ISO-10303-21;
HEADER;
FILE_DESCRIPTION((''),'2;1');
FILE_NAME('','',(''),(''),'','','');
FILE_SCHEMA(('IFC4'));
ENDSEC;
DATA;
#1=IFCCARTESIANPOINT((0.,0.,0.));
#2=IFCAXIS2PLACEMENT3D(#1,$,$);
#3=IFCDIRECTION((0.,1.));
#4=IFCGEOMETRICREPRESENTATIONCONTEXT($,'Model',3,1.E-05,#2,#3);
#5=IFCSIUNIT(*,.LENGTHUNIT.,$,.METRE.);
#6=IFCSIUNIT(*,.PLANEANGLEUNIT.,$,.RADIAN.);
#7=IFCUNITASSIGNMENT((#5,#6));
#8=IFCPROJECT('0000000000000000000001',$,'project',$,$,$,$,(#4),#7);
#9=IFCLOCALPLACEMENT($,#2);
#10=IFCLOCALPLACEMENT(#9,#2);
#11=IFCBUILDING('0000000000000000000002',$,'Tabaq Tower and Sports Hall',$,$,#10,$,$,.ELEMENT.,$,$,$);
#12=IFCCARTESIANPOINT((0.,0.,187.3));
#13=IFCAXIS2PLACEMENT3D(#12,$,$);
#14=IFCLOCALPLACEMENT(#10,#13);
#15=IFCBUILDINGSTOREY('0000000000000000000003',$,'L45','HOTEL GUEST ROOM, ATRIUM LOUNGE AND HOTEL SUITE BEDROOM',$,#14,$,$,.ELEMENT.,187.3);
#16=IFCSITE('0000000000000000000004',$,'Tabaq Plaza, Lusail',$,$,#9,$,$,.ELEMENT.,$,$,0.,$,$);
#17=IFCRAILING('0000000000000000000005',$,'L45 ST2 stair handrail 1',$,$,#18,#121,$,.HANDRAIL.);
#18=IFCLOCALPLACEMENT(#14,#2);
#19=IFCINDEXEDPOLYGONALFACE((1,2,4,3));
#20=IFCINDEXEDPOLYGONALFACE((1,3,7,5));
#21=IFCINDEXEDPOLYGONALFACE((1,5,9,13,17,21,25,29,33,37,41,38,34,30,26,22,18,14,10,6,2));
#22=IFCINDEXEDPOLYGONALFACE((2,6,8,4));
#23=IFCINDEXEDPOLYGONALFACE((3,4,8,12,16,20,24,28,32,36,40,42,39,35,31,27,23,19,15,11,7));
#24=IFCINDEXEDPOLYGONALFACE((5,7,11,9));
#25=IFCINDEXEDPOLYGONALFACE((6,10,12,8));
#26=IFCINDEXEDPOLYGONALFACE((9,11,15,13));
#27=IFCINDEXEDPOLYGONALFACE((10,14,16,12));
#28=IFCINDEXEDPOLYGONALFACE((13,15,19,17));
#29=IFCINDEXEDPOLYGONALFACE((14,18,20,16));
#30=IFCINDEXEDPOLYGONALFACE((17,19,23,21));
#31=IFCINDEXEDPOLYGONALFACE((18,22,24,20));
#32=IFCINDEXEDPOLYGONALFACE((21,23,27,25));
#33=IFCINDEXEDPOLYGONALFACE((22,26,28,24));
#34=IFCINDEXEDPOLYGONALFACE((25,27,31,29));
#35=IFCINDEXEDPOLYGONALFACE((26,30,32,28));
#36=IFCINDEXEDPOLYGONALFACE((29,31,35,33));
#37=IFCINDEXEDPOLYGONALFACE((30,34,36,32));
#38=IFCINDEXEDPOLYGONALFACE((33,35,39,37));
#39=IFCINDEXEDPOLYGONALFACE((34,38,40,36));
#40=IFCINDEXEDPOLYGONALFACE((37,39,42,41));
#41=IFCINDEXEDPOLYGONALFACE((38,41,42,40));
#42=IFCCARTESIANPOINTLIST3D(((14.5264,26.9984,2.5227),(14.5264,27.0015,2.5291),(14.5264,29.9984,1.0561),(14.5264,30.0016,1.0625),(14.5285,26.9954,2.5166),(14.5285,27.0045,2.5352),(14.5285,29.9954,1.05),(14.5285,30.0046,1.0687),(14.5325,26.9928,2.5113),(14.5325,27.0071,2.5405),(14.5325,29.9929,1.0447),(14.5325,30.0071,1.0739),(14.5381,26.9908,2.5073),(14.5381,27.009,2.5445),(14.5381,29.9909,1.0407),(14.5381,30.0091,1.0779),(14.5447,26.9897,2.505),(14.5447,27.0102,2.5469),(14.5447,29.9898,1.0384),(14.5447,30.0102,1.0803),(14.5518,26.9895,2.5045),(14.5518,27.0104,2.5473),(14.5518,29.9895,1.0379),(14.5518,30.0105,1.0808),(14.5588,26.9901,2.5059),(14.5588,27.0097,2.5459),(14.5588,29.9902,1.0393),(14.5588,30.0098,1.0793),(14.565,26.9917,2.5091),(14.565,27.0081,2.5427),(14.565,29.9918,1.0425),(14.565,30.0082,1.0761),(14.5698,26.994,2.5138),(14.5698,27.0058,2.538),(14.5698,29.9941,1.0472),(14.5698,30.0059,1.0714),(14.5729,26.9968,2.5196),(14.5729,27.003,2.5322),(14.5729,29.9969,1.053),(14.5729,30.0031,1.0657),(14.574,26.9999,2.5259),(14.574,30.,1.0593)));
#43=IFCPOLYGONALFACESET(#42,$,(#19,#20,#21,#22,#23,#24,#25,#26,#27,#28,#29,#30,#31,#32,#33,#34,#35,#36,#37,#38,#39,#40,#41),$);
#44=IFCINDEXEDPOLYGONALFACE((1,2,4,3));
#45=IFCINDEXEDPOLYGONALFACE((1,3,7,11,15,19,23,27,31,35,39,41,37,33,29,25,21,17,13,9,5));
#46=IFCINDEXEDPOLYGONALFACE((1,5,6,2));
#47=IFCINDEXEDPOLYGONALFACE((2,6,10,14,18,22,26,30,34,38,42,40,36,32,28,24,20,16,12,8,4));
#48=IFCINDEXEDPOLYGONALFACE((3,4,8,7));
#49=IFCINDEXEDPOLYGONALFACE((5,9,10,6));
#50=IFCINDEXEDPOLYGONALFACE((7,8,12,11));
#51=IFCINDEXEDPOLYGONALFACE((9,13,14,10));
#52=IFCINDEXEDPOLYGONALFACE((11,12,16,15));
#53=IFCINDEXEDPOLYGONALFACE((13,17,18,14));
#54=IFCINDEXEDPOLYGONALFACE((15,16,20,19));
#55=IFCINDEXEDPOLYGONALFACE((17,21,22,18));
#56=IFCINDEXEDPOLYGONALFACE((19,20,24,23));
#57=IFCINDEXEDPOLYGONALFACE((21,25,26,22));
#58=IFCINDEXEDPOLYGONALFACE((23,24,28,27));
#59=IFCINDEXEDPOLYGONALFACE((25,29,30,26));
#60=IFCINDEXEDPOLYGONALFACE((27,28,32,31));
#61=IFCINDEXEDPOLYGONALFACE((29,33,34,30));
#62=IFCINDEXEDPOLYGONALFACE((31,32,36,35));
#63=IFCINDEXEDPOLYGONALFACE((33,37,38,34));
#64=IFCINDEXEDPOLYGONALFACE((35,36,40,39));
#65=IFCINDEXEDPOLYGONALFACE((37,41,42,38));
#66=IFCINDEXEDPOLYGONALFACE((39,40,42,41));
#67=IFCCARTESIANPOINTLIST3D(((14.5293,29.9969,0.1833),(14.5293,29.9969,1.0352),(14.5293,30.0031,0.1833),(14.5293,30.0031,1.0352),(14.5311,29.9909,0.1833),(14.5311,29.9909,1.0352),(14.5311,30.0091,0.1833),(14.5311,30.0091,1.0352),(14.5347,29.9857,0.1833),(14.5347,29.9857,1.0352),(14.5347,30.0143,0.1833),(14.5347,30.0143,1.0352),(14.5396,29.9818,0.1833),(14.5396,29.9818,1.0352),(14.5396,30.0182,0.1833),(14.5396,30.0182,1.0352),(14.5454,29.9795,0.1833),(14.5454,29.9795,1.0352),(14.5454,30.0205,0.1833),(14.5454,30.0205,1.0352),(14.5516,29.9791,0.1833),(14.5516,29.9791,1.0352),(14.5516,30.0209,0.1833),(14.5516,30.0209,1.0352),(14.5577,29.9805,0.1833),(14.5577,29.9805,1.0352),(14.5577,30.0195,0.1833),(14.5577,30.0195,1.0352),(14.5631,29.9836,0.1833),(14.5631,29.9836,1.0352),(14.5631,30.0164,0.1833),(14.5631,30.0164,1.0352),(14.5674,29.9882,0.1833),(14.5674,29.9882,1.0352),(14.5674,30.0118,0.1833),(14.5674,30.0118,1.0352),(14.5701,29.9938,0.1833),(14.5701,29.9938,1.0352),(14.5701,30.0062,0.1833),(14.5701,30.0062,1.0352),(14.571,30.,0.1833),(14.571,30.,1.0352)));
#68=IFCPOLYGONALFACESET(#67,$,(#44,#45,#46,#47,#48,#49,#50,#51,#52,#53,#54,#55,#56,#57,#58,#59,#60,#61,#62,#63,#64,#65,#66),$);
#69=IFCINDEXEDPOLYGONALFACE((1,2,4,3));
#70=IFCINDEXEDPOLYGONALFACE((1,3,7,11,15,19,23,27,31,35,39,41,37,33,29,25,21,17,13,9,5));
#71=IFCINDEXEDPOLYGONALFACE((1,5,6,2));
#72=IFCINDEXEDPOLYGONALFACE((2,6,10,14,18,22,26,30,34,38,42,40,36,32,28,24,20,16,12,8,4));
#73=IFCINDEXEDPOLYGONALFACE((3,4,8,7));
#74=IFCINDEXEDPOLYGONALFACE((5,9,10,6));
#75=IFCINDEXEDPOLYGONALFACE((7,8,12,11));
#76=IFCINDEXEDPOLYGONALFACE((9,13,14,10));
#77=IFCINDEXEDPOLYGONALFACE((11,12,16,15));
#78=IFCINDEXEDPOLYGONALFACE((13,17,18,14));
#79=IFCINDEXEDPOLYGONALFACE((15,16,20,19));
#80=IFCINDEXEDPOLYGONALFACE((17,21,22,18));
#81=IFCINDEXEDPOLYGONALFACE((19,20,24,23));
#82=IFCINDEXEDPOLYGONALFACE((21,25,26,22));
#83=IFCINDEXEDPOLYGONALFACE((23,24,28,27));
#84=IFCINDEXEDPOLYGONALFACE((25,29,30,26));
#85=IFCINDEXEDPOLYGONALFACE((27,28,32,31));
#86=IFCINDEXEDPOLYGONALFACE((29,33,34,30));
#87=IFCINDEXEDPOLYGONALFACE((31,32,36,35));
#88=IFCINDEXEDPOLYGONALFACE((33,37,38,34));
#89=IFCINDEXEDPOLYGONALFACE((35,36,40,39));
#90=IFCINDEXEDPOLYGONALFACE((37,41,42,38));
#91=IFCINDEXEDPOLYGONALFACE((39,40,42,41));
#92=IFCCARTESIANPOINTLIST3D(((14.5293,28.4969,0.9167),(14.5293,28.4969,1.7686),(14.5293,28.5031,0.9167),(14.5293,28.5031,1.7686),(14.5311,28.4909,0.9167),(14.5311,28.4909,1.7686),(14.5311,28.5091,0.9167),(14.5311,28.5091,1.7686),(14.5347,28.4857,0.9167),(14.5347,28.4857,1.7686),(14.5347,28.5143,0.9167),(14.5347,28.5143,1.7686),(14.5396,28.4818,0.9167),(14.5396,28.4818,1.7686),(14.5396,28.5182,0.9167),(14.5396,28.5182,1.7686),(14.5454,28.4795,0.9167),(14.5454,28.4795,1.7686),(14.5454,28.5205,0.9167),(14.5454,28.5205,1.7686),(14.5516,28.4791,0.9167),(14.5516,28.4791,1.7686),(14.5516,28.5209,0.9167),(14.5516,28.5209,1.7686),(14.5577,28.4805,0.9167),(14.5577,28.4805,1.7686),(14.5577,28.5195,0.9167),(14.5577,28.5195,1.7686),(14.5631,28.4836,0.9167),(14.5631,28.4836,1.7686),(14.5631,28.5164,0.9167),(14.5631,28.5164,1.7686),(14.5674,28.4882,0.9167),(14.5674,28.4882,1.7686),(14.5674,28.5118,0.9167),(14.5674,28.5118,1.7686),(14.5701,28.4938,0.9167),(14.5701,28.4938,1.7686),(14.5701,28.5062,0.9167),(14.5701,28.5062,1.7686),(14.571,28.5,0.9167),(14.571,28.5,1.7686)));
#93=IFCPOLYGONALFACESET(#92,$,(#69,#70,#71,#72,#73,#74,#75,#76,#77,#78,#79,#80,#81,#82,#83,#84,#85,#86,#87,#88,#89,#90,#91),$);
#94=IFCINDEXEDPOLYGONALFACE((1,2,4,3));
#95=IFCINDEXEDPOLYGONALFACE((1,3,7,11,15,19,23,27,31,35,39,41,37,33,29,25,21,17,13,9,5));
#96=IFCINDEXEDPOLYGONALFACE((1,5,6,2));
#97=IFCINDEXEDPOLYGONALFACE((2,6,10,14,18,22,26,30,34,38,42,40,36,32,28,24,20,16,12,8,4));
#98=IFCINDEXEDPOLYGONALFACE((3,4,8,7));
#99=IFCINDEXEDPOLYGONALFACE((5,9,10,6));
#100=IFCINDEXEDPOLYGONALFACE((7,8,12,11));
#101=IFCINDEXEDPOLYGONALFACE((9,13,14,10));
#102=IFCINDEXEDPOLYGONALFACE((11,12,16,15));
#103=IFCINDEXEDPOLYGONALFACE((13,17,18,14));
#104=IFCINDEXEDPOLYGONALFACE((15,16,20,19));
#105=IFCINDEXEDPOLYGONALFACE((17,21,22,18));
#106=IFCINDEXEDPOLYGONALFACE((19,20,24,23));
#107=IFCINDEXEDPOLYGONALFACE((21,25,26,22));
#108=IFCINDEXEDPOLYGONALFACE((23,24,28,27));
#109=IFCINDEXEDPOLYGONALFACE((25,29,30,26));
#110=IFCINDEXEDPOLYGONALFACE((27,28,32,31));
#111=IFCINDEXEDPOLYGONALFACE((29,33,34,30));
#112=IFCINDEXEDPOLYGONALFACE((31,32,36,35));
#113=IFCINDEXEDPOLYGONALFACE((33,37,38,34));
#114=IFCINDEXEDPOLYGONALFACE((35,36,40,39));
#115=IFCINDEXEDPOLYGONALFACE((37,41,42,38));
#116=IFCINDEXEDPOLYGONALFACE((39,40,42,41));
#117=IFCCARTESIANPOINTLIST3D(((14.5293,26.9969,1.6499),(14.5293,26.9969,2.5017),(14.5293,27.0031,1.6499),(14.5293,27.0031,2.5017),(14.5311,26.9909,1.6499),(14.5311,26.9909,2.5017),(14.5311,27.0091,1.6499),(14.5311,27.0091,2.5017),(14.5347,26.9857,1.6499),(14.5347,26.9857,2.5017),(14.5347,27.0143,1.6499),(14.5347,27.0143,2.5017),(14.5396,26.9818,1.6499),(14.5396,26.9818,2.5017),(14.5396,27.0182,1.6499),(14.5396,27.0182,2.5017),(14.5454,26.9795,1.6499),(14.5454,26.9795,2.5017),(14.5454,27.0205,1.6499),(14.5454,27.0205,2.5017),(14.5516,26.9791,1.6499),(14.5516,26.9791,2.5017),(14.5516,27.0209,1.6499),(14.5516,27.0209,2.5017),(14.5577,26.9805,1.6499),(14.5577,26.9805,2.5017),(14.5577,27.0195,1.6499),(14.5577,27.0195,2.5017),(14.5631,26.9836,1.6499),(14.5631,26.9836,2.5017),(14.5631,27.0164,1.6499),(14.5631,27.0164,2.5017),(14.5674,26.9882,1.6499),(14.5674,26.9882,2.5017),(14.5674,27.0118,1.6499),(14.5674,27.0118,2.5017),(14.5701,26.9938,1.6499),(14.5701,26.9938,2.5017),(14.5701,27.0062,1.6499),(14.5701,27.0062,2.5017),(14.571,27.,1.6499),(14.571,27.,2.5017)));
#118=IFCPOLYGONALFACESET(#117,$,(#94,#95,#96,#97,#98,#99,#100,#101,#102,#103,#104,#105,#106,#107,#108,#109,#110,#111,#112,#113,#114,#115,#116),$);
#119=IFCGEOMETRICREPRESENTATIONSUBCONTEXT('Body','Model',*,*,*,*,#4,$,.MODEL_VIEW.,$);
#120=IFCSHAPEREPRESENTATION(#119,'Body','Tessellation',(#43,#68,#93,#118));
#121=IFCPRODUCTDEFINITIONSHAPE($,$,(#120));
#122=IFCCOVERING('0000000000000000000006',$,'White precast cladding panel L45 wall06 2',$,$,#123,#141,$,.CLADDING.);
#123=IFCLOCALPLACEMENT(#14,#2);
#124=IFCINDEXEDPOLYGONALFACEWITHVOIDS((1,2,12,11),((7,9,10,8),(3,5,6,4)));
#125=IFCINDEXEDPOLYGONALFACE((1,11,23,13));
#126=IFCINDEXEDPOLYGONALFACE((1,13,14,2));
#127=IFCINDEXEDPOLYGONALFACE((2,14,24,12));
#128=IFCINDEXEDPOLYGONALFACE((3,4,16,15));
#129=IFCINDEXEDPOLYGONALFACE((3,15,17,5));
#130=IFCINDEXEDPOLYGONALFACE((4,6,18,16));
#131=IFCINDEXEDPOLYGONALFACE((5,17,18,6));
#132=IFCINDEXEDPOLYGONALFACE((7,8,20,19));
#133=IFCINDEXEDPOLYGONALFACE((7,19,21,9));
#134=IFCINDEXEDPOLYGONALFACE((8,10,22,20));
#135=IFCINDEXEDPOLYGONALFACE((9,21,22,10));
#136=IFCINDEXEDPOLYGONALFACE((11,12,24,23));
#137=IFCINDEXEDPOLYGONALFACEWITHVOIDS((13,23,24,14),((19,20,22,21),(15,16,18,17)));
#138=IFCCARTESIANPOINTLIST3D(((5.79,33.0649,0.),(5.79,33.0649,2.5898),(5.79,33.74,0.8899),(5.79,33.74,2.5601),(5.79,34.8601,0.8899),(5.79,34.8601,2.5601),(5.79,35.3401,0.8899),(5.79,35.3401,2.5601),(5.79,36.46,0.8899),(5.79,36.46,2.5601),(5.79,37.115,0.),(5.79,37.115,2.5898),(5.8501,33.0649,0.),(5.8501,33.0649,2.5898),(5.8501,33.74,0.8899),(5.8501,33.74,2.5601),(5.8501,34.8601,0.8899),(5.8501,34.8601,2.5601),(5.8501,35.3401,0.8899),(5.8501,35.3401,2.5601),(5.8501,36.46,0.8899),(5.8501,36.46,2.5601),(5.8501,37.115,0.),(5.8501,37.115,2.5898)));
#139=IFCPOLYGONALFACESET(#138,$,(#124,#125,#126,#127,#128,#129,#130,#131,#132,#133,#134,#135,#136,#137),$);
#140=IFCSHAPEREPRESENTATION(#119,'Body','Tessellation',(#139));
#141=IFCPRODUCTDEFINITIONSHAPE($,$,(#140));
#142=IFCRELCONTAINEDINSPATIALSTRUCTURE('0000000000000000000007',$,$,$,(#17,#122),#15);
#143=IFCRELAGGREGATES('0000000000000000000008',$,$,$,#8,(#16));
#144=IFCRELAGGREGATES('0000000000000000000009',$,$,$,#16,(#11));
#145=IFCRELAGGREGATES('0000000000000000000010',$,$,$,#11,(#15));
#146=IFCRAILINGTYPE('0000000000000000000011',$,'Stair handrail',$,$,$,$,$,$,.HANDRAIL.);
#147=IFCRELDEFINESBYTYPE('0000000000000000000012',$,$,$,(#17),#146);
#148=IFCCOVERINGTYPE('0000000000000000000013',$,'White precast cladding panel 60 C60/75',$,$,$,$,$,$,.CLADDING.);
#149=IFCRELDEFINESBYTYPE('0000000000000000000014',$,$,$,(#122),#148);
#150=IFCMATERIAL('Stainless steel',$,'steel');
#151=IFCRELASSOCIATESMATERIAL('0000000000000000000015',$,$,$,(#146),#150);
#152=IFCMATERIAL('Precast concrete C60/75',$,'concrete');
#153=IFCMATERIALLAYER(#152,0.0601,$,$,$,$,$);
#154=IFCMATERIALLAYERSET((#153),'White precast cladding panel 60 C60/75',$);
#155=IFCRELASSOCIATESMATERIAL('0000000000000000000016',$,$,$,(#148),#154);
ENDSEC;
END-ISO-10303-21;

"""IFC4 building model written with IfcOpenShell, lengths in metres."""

from ifc_helpers import new_model, si_unit, direction, frame, origin, origin_2d, place, context, subcontext, project, spatial, polyline, circle, outline, extrude, material, layer, layer_set, type_object, element, save


model = new_model("IFC4")

# Units and contexts
model_context = context("Model", 3, precision=1e-05, world=origin(), true_north=direction((0.0, 1.0)))
body_context = subcontext(model_context, "Body", "Model", "MODEL_VIEW")
ifc_project = project(units=[si_unit("LENGTHUNIT", "METRE"), si_unit("PLANEANGLEUNIT", "RADIAN")], contexts=[model_context])

# Site, building, storey
site_placement = place(None, origin())
site = spatial("IfcSite", under=ifc_project, at=site_placement, Name="Tabaq Plaza, Lusail", CompositionType="ELEMENT", RefElevation=0.0)
building_placement = place(site_placement, origin())
building = spatial("IfcBuilding", under=site, at=building_placement, Name="Tabaq Tower and Sports Hall", CompositionType="ELEMENT")
storey_placement = place(building_placement, frame((0.0, 0.0, 187.3)))
storey = spatial("IfcBuildingStorey", under=building, at=storey_placement, Name="L45", Description="HOTEL GUEST ROOM, ATRIUM LOUNGE AND HOTEL SUITE BEDROOM", CompositionType="ELEMENT", Elevation=187.3)

# Railing
ifc_material_1 = material(Name="Stainless steel", Category="steel")
railing_type_1 = type_object("IfcRailingType", Name="Stair handrail", PredefinedType="HANDRAIL", material=ifc_material_1)
for number, where, name in (
    (1, (14.55, 30.0, 0.1833), "L45 ST2 stair handrail 1"),
):
    element("IfcRailing", number, at=place(storey_placement, frame(where)), inside=storey, type_object=railing_type_1, Name=name, PredefinedType="HANDRAIL", context=body_context, shape_type="SweptSolid", body=[
        extrude(circle(Radius=0.0239, at=origin_2d()), frame((0.0, 0.0, 0.876), z_axis=(0.0, -0.898398, 0.439183), x_axis=(1.0, 0.0, 0.0)), (0.0, 0.0, 1.0), 3.3394),
        extrude(circle(Radius=0.021, at=origin_2d()), origin(), (0.0, 0.0, 1.0), 0.8518),
        extrude(circle(Radius=0.021, at=origin_2d()), frame((0.0, -1.5, 0.7334)), (0.0, 0.0, 1.0), 0.8518),
        extrude(circle(Radius=0.021, at=origin_2d()), frame((0.0, -3.0, 1.4666)), (0.0, 0.0, 1.0), 0.8518),
    ])

# Covering
ifc_material_2 = material(Name="Precast concrete C60/75", Category="concrete")
ifc_layer_1 = layer(ifc_material_2, 0.0601)
ifc_layer_set_1 = layer_set([ifc_layer_1], Name="White precast cladding panel 60 C60/75")
covering_type = type_object("IfcCoveringType", Name="White precast cladding panel 60 C60/75", PredefinedType="CLADDING", material=ifc_layer_set_1)
covering_placement = place(storey_placement, frame((5.8201, 37.115, 0.0), z_axis=(0.0, 0.0, 1.0), x_axis=(0.0, -1.0, 0.0)))
element("IfcCovering", 2, at=covering_placement, inside=storey, type_object=covering_type, Name="White precast cladding panel L45 wall06 2", PredefinedType="CLADDING", context=body_context, shape_type="SweptSolid", body=[
    extrude(outline(polyline([(0.0, 0.0), (4.05, 0.0), (4.05, 2.5898), (0.0, 2.5898), (0.0, 0.0)]), holes=[polyline([(0.655, 0.8899), (0.655, 2.5601), (1.7749, 2.5601), (1.7749, 0.8899), (0.655, 0.8899)]), polyline([(2.2549, 0.8899), (2.2549, 2.5601), (3.375, 2.5601), (3.375, 0.8899), (2.2549, 0.8899)])]), frame((0.0, 0.03, 0.0), z_axis=(0.0, -1.0, 0.0), x_axis=(1.0, 0.0, 0.0)), (0.0, 0.0, 1.0), 0.0601),
])

save(model, "model.ifc")
